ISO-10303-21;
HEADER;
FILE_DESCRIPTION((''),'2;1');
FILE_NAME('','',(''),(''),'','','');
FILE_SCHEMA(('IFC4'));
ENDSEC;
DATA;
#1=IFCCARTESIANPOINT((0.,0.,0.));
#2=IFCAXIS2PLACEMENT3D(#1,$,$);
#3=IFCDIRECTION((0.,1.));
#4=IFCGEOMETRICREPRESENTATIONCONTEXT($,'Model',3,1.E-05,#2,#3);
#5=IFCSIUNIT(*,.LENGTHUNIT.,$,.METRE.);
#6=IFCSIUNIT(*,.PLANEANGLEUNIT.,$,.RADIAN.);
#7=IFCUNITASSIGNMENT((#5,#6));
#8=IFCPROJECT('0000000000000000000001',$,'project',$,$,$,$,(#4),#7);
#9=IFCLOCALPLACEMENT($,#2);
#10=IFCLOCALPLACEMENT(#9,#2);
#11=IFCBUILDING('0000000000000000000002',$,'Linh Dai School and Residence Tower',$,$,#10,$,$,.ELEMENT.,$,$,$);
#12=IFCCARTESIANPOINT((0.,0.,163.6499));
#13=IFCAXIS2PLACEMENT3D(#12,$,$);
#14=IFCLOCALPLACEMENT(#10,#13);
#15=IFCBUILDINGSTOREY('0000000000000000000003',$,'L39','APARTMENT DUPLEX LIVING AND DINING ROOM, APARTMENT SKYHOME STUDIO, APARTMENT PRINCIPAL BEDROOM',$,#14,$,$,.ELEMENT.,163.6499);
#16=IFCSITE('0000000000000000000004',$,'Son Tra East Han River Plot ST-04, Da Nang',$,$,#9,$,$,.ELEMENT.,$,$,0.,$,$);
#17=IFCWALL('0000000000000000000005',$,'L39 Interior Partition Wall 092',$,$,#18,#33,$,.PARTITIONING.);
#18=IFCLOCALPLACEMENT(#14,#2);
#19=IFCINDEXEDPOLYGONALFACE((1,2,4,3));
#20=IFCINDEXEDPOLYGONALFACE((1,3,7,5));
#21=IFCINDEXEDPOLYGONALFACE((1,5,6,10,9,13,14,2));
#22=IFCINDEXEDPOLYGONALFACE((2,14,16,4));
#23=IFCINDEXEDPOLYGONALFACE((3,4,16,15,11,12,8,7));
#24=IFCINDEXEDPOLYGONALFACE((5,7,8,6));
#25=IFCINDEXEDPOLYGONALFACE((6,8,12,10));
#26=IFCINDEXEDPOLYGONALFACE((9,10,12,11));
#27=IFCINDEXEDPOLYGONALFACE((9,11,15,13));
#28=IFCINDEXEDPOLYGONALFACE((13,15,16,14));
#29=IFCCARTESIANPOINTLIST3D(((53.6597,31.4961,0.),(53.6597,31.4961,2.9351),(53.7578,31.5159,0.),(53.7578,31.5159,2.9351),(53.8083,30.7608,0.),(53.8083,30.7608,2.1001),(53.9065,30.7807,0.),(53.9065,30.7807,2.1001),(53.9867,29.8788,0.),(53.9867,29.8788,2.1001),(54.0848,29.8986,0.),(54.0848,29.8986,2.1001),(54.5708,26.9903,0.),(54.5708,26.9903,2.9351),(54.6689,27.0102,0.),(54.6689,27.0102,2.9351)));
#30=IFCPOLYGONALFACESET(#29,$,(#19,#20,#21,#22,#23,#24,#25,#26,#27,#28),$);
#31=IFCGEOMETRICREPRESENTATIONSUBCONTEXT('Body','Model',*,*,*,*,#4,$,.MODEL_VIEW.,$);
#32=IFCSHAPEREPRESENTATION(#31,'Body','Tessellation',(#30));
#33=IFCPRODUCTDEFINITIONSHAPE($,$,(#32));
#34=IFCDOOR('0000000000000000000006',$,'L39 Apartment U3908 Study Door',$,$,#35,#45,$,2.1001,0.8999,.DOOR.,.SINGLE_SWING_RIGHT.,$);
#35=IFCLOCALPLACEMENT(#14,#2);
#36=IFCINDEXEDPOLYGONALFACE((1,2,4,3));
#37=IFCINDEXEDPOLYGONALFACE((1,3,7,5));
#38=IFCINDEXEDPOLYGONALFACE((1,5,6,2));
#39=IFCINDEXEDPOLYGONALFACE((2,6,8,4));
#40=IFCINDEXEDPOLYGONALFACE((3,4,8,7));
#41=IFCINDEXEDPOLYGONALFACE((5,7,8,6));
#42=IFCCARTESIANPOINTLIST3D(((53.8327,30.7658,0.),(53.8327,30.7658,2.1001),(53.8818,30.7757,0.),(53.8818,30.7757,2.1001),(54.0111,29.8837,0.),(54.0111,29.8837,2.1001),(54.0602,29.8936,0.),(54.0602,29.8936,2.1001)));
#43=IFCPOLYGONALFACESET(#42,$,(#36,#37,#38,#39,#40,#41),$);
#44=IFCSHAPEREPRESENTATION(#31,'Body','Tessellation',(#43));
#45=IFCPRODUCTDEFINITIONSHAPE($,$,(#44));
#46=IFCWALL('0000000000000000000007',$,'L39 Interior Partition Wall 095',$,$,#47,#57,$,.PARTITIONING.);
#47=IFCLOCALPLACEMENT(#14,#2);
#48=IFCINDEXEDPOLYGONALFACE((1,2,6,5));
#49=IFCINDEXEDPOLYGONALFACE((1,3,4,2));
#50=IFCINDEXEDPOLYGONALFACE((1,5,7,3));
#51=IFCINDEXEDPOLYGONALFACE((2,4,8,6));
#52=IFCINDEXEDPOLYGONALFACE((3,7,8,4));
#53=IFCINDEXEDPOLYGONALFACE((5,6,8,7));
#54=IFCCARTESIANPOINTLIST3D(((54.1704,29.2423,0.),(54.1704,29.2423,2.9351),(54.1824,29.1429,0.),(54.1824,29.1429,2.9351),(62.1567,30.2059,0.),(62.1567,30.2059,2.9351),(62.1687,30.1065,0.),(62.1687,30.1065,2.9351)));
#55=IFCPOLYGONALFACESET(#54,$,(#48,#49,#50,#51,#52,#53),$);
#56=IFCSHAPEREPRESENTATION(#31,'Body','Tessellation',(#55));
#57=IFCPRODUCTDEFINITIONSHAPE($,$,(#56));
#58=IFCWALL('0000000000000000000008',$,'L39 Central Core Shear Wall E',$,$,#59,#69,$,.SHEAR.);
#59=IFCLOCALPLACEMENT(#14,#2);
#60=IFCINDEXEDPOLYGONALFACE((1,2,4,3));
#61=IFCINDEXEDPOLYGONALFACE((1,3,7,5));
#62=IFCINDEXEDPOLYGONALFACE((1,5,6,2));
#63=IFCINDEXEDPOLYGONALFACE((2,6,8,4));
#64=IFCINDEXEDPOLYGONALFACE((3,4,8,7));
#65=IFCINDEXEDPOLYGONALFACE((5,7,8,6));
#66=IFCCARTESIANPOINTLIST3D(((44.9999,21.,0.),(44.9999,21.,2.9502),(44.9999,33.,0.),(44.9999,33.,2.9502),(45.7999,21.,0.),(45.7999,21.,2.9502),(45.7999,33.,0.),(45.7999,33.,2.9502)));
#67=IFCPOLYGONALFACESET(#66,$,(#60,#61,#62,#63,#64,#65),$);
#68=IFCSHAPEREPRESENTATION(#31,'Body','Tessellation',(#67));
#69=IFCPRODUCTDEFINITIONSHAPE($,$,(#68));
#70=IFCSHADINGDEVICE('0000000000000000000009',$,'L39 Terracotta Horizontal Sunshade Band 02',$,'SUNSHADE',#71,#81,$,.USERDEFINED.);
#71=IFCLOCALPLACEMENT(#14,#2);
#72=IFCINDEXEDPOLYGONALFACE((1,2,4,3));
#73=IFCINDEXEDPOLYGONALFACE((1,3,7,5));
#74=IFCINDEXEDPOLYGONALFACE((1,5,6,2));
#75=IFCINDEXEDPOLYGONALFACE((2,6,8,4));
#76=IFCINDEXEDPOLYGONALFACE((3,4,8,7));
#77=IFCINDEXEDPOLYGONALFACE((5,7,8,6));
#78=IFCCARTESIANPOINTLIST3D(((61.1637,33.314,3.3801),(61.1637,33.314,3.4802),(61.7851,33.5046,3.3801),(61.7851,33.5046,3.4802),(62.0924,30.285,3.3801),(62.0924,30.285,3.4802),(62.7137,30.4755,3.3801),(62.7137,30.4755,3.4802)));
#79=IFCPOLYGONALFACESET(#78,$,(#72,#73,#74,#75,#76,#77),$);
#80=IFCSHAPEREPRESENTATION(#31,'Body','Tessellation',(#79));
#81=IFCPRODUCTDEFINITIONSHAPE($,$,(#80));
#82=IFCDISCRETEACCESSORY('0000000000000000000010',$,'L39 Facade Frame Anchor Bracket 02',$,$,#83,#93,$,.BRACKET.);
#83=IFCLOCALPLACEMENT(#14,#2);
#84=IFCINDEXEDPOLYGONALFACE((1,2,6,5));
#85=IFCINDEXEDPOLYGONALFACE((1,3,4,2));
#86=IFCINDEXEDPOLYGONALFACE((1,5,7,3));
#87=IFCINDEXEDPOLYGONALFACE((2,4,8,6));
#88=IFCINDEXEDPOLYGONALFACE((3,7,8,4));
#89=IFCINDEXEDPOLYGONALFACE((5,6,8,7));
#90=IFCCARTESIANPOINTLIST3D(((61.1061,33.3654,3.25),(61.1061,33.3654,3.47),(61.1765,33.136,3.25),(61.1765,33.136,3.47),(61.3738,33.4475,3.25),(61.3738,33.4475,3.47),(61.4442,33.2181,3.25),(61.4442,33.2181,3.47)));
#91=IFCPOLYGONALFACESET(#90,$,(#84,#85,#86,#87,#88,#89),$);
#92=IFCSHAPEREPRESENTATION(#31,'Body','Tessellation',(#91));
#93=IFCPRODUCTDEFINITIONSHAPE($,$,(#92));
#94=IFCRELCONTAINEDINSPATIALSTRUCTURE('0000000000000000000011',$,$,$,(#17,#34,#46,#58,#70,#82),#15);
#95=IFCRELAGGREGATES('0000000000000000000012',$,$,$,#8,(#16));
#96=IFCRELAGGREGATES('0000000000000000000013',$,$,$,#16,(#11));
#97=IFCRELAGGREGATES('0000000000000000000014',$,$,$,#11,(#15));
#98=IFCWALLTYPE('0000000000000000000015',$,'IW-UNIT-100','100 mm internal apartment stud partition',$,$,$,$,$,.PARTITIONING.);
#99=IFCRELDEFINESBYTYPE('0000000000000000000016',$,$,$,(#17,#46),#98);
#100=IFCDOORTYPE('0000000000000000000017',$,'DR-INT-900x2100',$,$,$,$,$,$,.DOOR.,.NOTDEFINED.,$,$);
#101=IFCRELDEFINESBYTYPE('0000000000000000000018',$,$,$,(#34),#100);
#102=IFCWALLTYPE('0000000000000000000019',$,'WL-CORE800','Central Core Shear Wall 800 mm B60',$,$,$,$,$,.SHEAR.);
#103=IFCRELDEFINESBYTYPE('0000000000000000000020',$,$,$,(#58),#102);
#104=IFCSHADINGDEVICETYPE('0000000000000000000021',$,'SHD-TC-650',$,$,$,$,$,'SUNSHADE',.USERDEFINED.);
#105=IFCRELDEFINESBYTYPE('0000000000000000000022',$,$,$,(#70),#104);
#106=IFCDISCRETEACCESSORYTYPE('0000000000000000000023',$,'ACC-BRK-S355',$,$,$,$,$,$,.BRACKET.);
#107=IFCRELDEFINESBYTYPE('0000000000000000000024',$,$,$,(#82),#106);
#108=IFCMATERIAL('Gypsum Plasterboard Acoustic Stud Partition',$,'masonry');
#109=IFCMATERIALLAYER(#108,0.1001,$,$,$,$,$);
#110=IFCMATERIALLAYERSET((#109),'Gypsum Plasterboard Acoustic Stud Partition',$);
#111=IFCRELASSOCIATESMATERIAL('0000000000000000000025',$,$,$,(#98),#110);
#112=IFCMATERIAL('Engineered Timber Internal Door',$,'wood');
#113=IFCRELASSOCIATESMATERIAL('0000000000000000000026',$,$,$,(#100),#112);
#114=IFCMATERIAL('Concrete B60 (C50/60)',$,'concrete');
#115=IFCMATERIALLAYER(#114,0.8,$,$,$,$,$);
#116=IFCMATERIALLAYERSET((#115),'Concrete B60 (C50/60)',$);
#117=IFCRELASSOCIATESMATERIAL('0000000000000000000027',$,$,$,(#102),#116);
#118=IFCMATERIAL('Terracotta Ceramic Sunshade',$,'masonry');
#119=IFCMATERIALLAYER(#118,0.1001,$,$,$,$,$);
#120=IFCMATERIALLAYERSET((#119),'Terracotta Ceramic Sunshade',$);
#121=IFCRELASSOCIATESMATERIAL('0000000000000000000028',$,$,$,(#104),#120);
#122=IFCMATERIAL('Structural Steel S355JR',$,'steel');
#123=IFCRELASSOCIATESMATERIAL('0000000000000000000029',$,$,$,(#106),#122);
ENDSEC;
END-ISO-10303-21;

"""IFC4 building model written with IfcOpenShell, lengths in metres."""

from ifc_helpers import new_model, si_unit, direction, frame, frame_2d, origin, origin_2d, place, context, subcontext, project, spatial, rectangle, extrude, source, transform, mapped, material, layer, layer_set, type_object, element, fill, save


model = new_model("IFC4")

# Units and contexts
model_context = context("Model", 3, precision=1e-05, world=origin(), true_north=direction((0.0, 1.0)))
body_context = subcontext(model_context, "Body", "Model", "MODEL_VIEW")
ifc_project = project(units=[si_unit("LENGTHUNIT", "METRE"), si_unit("PLANEANGLEUNIT", "RADIAN")], contexts=[model_context])

# Site, building, storey
site_placement = place(None, origin())
site = spatial("IfcSite", under=ifc_project, at=site_placement, Name="Son Tra East Han River Plot ST-04, Da Nang", CompositionType="ELEMENT", RefElevation=0.0)
building_placement = place(site_placement, origin())
building = spatial("IfcBuilding", under=site, at=building_placement, Name="Linh Dai School and Residence Tower", CompositionType="ELEMENT")
storey_placement = place(building_placement, frame((0.0, 0.0, 163.6499)))
storey = spatial("IfcBuildingStorey", under=building, at=storey_placement, Name="L39", Description="APARTMENT DUPLEX LIVING AND DINING ROOM, APARTMENT SKYHOME STUDIO, APARTMENT PRINCIPAL BEDROOM", CompositionType="ELEMENT", Elevation=163.6499)

# Shared definitions
ifc_material_1 = material(Name="Concrete B60 (C50/60)", Category="concrete")
ifc_material_2 = material(Name="Structural Steel S355JR", Category="steel")

# Shared definitions
ifc_material_3 = material(Name="Gypsum Plasterboard Acoustic Stud Partition", Category="masonry")
ifc_layer_1 = layer(ifc_material_3, 0.1001)
ifc_layer_set_1 = layer_set([ifc_layer_1], Name="Gypsum Plasterboard Acoustic Stud Partition")
wall_type_1 = type_object("IfcWallType", Name="IW-UNIT-100", Description="100 mm internal apartment stud partition", PredefinedType="PARTITIONING", material=ifc_layer_set_1)

# Wall, opening, door
wall_1_placement = place(storey_placement, frame((53.7087, 31.5059, 0.0), z_axis=(0.0, 0.0, 1.0), x_axis=(0.198209, -0.98016, 0.0)))
wall_1 = element("IfcWall", 1, at=wall_1_placement, inside=storey, type_object=wall_type_1, Name="L39 Interior Partition Wall 092", PredefinedType="PARTITIONING", context=body_context, shape_type="SweptSolid", body=[
    extrude(rectangle(XDim=4.5969, YDim=0.1001, at=frame_2d((2.2983, 0.0))), origin(), (0.0, 0.0, 1.0), 2.9351),
])
opening_1_placement = place(wall_1_placement, frame((0.75, 0.0, 0.0)))
opening_1 = element("IfcOpeningElement", 2, at=opening_1_placement, cuts=wall_1, PredefinedType="OPENING", context=body_context, shape_type="SweptSolid", body=[
    extrude(rectangle(XDim=0.8999, YDim=2.1001, at=origin_2d()), frame((0.45, 0.0601, 1.05), z_axis=(0.0, -1.0, 0.0), x_axis=(1.0, 0.0, 0.0)), (0.0, 0.0, 1.0), 0.1201),
])
ifc_material_4 = material(Name="Engineered Timber Internal Door", Category="wood")
door_type = type_object("IfcDoorType", Name="DR-INT-900x2100", OperationType="NOTDEFINED", PredefinedType="DOOR", material=ifc_material_4)
shared_shape_1 = source(origin(), body_context, "Body", "SweptSolid", [
    extrude(rectangle(XDim=0.8999, YDim=2.1001, at=origin_2d()), frame((0.45, 0.0249, 1.05), z_axis=(0.0, -1.0, 0.0), x_axis=(1.0, 0.0, 0.0)), (0.0, 0.0, 1.0), 0.05),
])
door_placement = place(opening_1_placement, origin())
door = element("IfcDoor", 3, at=door_placement, inside=storey, type_object=door_type, Name="L39 Apartment U3908 Study Door", OperationType="SINGLE_SWING_RIGHT", OverallHeight=2.1001, OverallWidth=0.8999, PredefinedType="DOOR", context=body_context, shape_type="MappedRepresentation", body=[
    mapped(shared_shape_1, transform((0.0, 0.0, 0.0), x_axis=(1.0, 0.0, 0.0), y_axis=(0.0, 1.0, 0.0), z_axis=(0.0, 0.0, 1.0), scale=1.0)),
])
fill(opening_1, door)

# Walls
wall_2_placement = place(storey_placement, frame((54.1765, 29.1926, 0.0), z_axis=(0.0, 0.0, 1.0), x_axis=(0.992799, 0.11979, 0.0)))
element("IfcWall", 4, at=wall_2_placement, inside=storey, type_object=wall_type_1, Name="L39 Interior Partition Wall 095", PredefinedType="PARTITIONING", context=body_context, shape_type="SweptSolid", body=[
    extrude(rectangle(XDim=8.0442, YDim=0.1001, at=frame_2d((4.022, 0.0))), origin(), (0.0, 0.0, 1.0), 2.9351),
])
ifc_layer_2 = layer(ifc_material_1, 0.8)
ifc_layer_set_2 = layer_set([ifc_layer_2], Name="Concrete B60 (C50/60)")
wall_type_2 = type_object("IfcWallType", Name="WL-CORE800", Description="Central Core Shear Wall 800 mm B60", PredefinedType="SHEAR", material=ifc_layer_set_2)
wall_3_placement = place(storey_placement, frame((45.3999, 33.0, 0.0), z_axis=(0.0, 0.0, 1.0), x_axis=(0.0, -1.0, 0.0)))
element("IfcWall", 5, at=wall_3_placement, inside=storey, type_object=wall_type_2, Name="L39 Central Core Shear Wall E", PredefinedType="SHEAR", context=body_context, shape_type="SweptSolid", body=[
    extrude(rectangle(XDim=12.0, YDim=0.8, at=frame_2d((6.0, 0.0))), origin(), (0.0, 0.0, 1.0), 2.9502),
])

# Shading device
ifc_material_5 = material(Name="Terracotta Ceramic Sunshade", Category="masonry")
ifc_layer_3 = layer(ifc_material_5, 0.1001)
ifc_layer_set_3 = layer_set([ifc_layer_3], Name="Terracotta Ceramic Sunshade")
shading_device_type = type_object("IfcShadingDeviceType", Name="SHD-TC-650", ElementType="SUNSHADE", PredefinedType="USERDEFINED", material=ifc_layer_set_3)
shared_shape_2 = source(origin(), body_context, "Body", "SweptSolid", [
    extrude(rectangle(XDim=3.1682, YDim=0.6499, at=origin_2d()), origin(), (0.0, 0.0, 1.0), 0.1001),
])
shading_device_placement = place(storey_placement, frame((61.9387, 31.8948, 3.3801), z_axis=(0.0, 0.0, 1.0), x_axis=(0.293122, -0.956075, 0.0)))
element("IfcShadingDevice", 6, at=shading_device_placement, inside=storey, type_object=shading_device_type, Name="L39 Terracotta Horizontal Sunshade Band 02", ObjectType="SUNSHADE", PredefinedType="USERDEFINED", context=body_context, shape_type="MappedRepresentation", body=[
    mapped(shared_shape_2, transform((0.0, 0.0, 0.0), x_axis=(1.0, 0.0, 0.0), y_axis=(0.0, 1.0, 0.0), z_axis=(0.0, 0.0, 1.0), scale=1.0)),
])

# Discrete accessory
discrete_accessory_type = type_object("IfcDiscreteAccessoryType", Name="ACC-BRK-S355", PredefinedType="BRACKET", material=ifc_material_2)
shared_shape_3 = source(origin(), body_context, "Body", "SweptSolid", [
    extrude(rectangle(XDim=0.28, YDim=0.24, at=origin_2d()), origin(), (0.0, 0.0, 1.0), 0.22),
])
discrete_accessory_placement = place(storey_placement, frame((61.2751, 33.2917, 3.25), z_axis=(0.0, 0.0, 1.0), x_axis=(0.956075, 0.293122, 0.0)))
element("IfcDiscreteAccessory", 7, at=discrete_accessory_placement, inside=storey, type_object=discrete_accessory_type, Name="L39 Facade Frame Anchor Bracket 02", PredefinedType="BRACKET", context=body_context, shape_type="MappedRepresentation", body=[
    mapped(shared_shape_3, transform((0.0, 0.0, 0.0), x_axis=(1.0, 0.0, 0.0), y_axis=(0.0, 1.0, 0.0), z_axis=(0.0, 0.0, 1.0), scale=1.0)),
])

save(model, "model.ifc")
